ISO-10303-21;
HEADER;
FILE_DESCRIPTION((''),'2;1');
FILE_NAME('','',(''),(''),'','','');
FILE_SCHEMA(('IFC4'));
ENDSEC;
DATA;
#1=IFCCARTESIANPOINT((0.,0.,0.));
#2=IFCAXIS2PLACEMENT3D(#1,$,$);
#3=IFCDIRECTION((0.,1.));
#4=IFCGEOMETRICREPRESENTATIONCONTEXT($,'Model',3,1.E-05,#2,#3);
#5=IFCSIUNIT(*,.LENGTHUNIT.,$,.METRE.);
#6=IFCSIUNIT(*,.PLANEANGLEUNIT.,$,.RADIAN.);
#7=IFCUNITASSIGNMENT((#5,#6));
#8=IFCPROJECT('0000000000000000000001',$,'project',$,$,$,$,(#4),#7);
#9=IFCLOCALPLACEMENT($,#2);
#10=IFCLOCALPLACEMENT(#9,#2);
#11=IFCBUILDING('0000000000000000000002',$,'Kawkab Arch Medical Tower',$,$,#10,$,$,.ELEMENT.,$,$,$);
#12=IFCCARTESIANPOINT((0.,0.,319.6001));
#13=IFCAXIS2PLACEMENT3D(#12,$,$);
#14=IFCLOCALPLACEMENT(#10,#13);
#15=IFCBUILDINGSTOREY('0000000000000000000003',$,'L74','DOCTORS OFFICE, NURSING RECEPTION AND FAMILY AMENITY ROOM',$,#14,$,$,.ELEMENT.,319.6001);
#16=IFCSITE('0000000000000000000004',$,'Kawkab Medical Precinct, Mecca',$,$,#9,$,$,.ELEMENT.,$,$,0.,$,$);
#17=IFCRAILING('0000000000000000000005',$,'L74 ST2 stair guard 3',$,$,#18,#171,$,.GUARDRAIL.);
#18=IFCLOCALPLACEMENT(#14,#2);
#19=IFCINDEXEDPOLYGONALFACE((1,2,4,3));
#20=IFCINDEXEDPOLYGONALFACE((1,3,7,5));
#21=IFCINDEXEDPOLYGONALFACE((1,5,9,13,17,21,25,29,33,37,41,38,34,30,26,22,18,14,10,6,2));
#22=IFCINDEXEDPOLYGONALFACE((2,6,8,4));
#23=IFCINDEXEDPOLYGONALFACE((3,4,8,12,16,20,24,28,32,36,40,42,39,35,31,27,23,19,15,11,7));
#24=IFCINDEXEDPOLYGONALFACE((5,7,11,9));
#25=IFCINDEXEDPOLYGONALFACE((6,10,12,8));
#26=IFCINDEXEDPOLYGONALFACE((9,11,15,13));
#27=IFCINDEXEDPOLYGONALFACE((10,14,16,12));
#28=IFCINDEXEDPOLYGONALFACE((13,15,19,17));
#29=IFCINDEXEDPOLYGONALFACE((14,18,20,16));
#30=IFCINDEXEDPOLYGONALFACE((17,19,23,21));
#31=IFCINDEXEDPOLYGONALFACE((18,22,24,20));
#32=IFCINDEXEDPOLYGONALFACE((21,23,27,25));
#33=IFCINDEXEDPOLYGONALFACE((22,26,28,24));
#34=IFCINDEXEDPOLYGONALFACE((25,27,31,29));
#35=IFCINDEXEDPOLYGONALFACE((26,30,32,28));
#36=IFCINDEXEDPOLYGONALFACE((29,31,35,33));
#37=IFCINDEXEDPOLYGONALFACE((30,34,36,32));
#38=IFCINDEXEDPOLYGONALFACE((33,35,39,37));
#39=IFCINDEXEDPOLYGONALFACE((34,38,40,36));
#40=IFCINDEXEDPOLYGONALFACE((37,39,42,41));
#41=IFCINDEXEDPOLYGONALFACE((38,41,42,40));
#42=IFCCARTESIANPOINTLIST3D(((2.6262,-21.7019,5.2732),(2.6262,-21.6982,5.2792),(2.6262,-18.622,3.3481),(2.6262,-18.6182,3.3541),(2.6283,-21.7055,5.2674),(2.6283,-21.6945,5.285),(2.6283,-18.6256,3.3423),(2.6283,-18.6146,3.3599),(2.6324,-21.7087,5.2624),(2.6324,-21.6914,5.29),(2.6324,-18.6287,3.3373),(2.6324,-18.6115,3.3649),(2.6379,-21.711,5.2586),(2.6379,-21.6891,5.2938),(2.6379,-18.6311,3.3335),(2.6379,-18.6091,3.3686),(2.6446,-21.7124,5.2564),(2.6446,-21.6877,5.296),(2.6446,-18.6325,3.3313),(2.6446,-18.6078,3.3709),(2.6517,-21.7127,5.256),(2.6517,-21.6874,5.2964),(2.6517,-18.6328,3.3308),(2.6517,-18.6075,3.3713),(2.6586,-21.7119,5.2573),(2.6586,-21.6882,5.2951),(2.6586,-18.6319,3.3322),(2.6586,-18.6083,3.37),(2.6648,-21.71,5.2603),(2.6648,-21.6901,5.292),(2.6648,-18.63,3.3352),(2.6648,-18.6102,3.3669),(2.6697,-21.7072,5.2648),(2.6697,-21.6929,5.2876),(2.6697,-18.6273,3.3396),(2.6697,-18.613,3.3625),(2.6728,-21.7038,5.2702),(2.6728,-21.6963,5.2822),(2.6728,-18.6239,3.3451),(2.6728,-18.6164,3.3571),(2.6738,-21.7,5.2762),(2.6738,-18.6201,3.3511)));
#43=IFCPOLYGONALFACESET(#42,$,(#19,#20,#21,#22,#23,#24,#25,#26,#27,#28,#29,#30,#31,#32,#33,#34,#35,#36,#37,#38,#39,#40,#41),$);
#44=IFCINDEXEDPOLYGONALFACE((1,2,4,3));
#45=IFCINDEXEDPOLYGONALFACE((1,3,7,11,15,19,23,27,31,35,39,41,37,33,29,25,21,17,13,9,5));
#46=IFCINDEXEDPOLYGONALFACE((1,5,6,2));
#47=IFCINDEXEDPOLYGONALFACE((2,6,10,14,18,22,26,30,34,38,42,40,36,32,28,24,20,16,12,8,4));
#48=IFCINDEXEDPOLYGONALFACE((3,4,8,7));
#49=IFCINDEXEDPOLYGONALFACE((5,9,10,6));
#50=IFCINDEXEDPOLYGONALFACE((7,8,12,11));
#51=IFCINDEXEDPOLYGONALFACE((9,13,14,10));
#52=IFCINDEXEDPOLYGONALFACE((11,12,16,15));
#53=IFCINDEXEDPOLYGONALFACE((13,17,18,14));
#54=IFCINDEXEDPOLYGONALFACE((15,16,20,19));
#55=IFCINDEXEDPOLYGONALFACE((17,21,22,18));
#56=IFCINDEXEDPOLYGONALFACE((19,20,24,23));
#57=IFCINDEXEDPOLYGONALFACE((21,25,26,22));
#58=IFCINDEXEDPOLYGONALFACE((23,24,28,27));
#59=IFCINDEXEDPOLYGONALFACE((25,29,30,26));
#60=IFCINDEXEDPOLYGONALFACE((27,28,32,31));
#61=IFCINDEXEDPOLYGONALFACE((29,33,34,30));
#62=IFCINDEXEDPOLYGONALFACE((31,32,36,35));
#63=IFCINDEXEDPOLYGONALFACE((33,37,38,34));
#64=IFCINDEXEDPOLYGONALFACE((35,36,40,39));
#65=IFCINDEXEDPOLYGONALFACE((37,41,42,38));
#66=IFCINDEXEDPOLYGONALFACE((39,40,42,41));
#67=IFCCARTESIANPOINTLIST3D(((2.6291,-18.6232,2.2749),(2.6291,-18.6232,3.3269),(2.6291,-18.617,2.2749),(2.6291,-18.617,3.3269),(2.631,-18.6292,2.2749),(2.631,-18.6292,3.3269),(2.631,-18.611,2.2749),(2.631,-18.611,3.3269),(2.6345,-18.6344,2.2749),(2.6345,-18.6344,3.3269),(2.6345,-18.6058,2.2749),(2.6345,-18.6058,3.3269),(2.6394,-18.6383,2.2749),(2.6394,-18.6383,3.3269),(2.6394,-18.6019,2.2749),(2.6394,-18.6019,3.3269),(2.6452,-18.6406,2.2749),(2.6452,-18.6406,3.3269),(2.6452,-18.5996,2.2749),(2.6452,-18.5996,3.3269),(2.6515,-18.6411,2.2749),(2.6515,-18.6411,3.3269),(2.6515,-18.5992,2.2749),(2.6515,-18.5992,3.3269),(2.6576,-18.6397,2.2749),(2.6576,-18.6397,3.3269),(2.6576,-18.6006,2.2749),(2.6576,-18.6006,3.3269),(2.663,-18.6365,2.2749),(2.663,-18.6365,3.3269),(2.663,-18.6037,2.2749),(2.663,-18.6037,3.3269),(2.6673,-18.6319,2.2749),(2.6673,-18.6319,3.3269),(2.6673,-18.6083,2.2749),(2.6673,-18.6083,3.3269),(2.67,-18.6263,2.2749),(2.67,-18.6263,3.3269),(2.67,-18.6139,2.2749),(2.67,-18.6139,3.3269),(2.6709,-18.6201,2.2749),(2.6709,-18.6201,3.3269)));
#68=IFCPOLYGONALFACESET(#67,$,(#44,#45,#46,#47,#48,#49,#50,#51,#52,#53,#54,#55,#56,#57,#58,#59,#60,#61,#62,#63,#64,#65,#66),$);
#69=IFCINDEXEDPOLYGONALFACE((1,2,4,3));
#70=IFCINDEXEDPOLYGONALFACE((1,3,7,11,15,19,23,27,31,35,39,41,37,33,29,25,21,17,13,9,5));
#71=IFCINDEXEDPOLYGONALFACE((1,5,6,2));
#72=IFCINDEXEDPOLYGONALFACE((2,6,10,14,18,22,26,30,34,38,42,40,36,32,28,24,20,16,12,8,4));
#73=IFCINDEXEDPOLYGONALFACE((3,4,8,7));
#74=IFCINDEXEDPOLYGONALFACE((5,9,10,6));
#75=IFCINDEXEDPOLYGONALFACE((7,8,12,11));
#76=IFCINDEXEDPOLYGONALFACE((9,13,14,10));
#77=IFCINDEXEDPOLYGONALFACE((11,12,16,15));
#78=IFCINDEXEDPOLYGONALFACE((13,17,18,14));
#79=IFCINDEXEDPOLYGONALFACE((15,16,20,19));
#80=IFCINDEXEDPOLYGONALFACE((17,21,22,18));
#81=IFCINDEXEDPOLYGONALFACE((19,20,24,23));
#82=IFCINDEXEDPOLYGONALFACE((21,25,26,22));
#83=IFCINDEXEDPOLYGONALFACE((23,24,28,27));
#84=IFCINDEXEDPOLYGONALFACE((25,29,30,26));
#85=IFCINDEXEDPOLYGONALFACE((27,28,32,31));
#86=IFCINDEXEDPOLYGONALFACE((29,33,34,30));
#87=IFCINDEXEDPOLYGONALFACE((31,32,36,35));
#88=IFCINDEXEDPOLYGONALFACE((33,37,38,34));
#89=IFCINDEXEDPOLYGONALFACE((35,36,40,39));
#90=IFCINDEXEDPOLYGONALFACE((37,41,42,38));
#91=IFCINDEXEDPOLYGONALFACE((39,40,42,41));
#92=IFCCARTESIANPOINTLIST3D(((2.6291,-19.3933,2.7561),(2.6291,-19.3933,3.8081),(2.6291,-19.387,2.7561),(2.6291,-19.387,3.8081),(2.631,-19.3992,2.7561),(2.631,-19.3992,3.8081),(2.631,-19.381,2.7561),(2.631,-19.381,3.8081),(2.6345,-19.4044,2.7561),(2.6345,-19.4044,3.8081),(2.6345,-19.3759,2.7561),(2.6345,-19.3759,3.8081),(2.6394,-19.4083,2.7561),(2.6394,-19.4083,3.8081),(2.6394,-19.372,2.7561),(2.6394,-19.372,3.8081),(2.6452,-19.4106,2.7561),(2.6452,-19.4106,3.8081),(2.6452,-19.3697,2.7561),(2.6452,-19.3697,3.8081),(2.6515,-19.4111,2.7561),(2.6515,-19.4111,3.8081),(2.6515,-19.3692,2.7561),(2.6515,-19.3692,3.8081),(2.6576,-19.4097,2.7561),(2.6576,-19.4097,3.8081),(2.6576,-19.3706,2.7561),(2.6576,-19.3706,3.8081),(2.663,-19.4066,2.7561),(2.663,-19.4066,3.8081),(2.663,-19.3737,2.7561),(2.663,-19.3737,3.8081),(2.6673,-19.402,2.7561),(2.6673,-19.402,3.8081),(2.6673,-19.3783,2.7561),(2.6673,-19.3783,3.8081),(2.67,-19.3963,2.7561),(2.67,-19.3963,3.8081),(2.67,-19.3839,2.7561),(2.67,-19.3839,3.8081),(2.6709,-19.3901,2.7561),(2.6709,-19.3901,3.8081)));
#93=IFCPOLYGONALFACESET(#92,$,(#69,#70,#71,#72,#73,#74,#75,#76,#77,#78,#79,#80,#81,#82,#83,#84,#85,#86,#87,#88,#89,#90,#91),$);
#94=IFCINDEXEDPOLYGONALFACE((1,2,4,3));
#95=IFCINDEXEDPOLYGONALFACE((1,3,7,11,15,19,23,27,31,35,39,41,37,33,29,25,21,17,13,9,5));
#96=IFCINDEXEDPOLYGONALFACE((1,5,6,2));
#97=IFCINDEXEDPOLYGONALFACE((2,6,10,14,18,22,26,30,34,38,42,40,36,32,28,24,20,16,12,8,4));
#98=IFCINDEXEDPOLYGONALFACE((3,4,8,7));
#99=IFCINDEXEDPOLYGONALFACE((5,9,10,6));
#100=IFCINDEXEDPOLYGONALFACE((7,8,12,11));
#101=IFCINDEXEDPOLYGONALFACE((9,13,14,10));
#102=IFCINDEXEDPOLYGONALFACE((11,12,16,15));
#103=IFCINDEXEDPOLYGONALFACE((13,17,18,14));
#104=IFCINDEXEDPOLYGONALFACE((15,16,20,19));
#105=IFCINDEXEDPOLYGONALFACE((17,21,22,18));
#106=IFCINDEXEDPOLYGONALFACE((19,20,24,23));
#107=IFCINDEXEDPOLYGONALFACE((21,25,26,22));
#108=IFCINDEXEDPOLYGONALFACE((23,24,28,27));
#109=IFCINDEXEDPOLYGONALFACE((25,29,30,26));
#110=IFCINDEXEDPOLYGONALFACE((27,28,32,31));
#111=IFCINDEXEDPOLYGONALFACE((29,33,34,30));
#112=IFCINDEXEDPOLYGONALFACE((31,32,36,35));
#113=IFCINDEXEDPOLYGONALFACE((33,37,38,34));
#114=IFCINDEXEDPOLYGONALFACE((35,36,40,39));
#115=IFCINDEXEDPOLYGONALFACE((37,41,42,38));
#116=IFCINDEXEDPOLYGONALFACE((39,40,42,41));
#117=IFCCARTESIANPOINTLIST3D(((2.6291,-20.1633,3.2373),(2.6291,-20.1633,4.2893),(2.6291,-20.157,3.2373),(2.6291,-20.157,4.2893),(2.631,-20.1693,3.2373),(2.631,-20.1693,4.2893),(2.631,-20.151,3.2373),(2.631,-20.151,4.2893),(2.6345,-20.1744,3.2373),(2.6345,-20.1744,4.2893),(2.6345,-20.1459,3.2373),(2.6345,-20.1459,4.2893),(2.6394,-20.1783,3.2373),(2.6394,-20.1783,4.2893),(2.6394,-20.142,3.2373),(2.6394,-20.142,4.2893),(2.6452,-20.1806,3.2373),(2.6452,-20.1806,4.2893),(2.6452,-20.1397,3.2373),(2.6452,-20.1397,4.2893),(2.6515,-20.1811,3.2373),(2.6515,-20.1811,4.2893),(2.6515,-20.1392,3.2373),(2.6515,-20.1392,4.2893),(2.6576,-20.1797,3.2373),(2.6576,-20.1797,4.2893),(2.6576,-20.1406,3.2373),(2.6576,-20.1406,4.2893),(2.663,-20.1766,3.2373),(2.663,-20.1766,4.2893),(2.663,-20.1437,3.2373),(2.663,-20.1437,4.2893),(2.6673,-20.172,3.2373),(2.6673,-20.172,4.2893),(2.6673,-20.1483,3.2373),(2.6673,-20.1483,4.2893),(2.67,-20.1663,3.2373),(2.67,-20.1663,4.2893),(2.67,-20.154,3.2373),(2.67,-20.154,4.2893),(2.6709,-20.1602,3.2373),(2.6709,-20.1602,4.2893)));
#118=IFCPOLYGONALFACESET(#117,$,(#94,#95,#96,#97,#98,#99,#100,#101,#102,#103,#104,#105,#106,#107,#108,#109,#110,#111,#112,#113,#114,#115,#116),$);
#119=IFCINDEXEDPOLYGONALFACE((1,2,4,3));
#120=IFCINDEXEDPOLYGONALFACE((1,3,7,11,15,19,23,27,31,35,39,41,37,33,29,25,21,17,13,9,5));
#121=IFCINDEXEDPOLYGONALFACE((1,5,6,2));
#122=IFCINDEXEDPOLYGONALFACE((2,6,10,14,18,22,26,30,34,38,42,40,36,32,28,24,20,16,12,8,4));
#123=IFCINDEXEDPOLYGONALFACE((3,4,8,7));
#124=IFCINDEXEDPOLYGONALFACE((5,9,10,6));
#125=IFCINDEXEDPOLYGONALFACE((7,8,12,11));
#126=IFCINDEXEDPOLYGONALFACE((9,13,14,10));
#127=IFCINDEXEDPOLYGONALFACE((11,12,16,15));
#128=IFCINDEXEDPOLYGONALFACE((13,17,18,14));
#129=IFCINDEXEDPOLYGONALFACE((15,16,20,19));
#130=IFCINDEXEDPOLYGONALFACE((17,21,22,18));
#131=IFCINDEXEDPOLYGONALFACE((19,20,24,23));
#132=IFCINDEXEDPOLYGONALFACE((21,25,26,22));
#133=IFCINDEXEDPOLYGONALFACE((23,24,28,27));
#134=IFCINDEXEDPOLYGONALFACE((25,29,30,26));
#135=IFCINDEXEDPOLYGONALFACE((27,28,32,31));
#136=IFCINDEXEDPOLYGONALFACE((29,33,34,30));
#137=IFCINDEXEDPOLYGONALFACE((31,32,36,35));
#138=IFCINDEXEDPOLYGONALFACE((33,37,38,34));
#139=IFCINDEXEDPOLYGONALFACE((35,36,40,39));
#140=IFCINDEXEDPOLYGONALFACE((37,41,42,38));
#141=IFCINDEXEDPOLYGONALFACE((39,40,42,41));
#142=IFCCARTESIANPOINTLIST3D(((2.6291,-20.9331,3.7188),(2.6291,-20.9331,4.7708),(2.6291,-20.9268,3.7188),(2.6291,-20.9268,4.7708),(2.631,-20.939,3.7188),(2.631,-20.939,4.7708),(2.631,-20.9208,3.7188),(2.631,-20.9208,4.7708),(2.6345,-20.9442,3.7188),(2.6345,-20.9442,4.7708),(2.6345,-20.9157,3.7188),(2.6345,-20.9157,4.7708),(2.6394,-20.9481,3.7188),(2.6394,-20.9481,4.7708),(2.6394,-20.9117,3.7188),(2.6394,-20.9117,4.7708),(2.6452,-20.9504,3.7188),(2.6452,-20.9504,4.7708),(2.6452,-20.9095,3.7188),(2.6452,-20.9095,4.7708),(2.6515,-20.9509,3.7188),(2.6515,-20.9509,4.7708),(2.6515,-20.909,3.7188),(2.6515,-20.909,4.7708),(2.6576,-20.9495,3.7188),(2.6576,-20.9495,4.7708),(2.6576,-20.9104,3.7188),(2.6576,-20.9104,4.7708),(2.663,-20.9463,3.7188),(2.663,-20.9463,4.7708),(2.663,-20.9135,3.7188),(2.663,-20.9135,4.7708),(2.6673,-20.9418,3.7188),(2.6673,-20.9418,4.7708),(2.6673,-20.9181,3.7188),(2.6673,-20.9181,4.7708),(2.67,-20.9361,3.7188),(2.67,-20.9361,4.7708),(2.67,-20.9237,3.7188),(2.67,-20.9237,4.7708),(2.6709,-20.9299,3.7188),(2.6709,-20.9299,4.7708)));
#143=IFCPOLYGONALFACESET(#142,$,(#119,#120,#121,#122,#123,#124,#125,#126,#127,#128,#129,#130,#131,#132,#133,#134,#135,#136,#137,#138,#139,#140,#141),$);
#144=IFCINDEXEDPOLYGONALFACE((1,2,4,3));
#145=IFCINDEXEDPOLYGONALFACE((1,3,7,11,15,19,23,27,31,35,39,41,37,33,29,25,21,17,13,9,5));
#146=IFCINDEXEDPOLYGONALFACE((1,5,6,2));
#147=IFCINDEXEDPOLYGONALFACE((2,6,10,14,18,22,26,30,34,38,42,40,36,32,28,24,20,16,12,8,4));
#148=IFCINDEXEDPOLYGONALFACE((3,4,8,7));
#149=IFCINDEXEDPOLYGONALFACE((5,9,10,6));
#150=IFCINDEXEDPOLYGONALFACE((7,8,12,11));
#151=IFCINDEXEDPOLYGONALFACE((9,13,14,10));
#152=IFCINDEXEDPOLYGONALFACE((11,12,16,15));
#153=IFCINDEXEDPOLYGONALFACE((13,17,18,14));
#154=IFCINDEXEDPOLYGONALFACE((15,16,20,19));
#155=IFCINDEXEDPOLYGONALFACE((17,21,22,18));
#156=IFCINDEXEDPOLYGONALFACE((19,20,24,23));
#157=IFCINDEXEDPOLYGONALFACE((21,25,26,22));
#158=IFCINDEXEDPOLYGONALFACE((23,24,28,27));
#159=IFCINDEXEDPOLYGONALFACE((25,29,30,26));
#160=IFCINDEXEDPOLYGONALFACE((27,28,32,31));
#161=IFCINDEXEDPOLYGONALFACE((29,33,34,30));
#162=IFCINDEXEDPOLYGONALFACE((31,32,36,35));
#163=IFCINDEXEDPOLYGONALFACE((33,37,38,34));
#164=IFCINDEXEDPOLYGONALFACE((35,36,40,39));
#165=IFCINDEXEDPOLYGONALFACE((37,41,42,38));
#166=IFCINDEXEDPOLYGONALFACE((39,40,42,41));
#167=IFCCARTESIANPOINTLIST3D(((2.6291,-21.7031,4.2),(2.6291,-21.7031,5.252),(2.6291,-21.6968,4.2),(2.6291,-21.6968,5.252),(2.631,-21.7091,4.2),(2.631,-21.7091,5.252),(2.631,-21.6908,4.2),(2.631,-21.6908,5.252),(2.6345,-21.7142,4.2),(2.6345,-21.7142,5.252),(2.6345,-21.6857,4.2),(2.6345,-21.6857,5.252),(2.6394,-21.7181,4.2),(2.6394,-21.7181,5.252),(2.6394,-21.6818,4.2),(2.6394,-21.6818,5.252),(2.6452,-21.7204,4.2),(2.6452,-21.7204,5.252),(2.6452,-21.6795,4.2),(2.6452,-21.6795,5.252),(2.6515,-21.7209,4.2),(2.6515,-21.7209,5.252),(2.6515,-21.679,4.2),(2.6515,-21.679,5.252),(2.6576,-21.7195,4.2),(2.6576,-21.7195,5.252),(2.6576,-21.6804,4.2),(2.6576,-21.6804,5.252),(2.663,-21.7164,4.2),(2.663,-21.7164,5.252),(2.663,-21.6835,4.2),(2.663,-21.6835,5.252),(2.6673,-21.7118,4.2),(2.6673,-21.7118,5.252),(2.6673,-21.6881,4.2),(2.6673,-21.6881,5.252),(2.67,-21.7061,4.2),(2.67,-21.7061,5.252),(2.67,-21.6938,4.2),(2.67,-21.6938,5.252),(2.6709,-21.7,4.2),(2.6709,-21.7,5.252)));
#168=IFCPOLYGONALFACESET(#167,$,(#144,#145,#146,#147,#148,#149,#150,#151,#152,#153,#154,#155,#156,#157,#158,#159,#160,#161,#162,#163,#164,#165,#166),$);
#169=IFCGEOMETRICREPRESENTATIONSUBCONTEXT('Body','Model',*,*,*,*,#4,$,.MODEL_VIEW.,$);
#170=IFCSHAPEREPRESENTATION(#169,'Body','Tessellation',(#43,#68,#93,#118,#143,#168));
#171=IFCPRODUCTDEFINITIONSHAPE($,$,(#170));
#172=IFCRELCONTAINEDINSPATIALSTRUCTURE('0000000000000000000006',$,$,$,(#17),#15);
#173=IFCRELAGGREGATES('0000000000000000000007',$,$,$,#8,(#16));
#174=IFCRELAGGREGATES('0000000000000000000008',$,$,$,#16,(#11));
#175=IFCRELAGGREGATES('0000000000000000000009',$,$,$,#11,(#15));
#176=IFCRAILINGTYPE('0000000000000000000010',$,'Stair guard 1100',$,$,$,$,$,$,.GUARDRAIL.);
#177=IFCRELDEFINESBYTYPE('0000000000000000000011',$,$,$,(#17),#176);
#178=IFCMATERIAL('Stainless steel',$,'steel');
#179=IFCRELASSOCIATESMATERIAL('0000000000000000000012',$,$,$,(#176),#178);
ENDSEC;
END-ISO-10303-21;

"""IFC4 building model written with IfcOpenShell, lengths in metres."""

from ifc_helpers import new_model, si_unit, direction, frame, origin, origin_2d, place, context, subcontext, project, spatial, circle, extrude, material, type_object, element, save


model = new_model("IFC4")

# Units and contexts
model_context = context("Model", 3, precision=1e-05, world=origin(), true_north=direction((0.0, 1.0)))
body_context = subcontext(model_context, "Body", "Model", "MODEL_VIEW")
ifc_project = project(units=[si_unit("LENGTHUNIT", "METRE"), si_unit("PLANEANGLEUNIT", "RADIAN")], contexts=[model_context])

# Site, building, storey
site_placement = place(None, origin())
site = spatial("IfcSite", under=ifc_project, at=site_placement, Name="Kawkab Medical Precinct, Mecca", CompositionType="ELEMENT", RefElevation=0.0)
building_placement = place(site_placement, origin())
building = spatial("IfcBuilding", under=site, at=building_placement, Name="Kawkab Arch Medical Tower", CompositionType="ELEMENT")
storey_placement = place(building_placement, frame((0.0, 0.0, 319.6001)))
storey = spatial("IfcBuildingStorey", under=building, at=storey_placement, Name="L74", Description="DOCTORS OFFICE, NURSING RECEPTION AND FAMILY AMENITY ROOM", CompositionType="ELEMENT", Elevation=319.6001)

# Railing
ifc_material_1 = material(Name="Stainless steel", Category="steel")
railing_type = type_object("IfcRailingType", Name="Stair guard 1100", PredefinedType="GUARDRAIL", material=ifc_material_1)
railing_1_placement = place(storey_placement, frame((2.6499, -18.6201, 2.2749)))
element("IfcRailing", 1, at=railing_1_placement, inside=storey, type_object=railing_type, Name="L74 ST2 stair guard 3", PredefinedType="GUARDRAIL", context=body_context, shape_type="SweptSolid", body=[
    extrude(circle(Radius=0.0239, at=origin_2d()), frame((0.0, 0.0, 1.0762), z_axis=(0.0, -0.847979, 0.530029), x_axis=(1.0, 0.0, 0.0)), (0.0, 0.0, 1.0), 3.6321),
    extrude(circle(Radius=0.021, at=origin_2d()), origin(), (0.0, 0.0, 1.0), 1.052),
    extrude(circle(Radius=0.021, at=origin_2d()), frame((0.0, -0.77, 0.4812)), (0.0, 0.0, 1.0), 1.052),
    extrude(circle(Radius=0.021, at=origin_2d()), frame((0.0, -1.54, 0.9624)), (0.0, 0.0, 1.0), 1.052),
    extrude(circle(Radius=0.021, at=origin_2d()), frame((0.0, -2.3098, 1.4438)), (0.0, 0.0, 1.0), 1.052),
    extrude(circle(Radius=0.021, at=origin_2d()), frame((0.0, -3.0798, 1.925)), (0.0, 0.0, 1.0), 1.052),
])

save(model, "model.ifc")
